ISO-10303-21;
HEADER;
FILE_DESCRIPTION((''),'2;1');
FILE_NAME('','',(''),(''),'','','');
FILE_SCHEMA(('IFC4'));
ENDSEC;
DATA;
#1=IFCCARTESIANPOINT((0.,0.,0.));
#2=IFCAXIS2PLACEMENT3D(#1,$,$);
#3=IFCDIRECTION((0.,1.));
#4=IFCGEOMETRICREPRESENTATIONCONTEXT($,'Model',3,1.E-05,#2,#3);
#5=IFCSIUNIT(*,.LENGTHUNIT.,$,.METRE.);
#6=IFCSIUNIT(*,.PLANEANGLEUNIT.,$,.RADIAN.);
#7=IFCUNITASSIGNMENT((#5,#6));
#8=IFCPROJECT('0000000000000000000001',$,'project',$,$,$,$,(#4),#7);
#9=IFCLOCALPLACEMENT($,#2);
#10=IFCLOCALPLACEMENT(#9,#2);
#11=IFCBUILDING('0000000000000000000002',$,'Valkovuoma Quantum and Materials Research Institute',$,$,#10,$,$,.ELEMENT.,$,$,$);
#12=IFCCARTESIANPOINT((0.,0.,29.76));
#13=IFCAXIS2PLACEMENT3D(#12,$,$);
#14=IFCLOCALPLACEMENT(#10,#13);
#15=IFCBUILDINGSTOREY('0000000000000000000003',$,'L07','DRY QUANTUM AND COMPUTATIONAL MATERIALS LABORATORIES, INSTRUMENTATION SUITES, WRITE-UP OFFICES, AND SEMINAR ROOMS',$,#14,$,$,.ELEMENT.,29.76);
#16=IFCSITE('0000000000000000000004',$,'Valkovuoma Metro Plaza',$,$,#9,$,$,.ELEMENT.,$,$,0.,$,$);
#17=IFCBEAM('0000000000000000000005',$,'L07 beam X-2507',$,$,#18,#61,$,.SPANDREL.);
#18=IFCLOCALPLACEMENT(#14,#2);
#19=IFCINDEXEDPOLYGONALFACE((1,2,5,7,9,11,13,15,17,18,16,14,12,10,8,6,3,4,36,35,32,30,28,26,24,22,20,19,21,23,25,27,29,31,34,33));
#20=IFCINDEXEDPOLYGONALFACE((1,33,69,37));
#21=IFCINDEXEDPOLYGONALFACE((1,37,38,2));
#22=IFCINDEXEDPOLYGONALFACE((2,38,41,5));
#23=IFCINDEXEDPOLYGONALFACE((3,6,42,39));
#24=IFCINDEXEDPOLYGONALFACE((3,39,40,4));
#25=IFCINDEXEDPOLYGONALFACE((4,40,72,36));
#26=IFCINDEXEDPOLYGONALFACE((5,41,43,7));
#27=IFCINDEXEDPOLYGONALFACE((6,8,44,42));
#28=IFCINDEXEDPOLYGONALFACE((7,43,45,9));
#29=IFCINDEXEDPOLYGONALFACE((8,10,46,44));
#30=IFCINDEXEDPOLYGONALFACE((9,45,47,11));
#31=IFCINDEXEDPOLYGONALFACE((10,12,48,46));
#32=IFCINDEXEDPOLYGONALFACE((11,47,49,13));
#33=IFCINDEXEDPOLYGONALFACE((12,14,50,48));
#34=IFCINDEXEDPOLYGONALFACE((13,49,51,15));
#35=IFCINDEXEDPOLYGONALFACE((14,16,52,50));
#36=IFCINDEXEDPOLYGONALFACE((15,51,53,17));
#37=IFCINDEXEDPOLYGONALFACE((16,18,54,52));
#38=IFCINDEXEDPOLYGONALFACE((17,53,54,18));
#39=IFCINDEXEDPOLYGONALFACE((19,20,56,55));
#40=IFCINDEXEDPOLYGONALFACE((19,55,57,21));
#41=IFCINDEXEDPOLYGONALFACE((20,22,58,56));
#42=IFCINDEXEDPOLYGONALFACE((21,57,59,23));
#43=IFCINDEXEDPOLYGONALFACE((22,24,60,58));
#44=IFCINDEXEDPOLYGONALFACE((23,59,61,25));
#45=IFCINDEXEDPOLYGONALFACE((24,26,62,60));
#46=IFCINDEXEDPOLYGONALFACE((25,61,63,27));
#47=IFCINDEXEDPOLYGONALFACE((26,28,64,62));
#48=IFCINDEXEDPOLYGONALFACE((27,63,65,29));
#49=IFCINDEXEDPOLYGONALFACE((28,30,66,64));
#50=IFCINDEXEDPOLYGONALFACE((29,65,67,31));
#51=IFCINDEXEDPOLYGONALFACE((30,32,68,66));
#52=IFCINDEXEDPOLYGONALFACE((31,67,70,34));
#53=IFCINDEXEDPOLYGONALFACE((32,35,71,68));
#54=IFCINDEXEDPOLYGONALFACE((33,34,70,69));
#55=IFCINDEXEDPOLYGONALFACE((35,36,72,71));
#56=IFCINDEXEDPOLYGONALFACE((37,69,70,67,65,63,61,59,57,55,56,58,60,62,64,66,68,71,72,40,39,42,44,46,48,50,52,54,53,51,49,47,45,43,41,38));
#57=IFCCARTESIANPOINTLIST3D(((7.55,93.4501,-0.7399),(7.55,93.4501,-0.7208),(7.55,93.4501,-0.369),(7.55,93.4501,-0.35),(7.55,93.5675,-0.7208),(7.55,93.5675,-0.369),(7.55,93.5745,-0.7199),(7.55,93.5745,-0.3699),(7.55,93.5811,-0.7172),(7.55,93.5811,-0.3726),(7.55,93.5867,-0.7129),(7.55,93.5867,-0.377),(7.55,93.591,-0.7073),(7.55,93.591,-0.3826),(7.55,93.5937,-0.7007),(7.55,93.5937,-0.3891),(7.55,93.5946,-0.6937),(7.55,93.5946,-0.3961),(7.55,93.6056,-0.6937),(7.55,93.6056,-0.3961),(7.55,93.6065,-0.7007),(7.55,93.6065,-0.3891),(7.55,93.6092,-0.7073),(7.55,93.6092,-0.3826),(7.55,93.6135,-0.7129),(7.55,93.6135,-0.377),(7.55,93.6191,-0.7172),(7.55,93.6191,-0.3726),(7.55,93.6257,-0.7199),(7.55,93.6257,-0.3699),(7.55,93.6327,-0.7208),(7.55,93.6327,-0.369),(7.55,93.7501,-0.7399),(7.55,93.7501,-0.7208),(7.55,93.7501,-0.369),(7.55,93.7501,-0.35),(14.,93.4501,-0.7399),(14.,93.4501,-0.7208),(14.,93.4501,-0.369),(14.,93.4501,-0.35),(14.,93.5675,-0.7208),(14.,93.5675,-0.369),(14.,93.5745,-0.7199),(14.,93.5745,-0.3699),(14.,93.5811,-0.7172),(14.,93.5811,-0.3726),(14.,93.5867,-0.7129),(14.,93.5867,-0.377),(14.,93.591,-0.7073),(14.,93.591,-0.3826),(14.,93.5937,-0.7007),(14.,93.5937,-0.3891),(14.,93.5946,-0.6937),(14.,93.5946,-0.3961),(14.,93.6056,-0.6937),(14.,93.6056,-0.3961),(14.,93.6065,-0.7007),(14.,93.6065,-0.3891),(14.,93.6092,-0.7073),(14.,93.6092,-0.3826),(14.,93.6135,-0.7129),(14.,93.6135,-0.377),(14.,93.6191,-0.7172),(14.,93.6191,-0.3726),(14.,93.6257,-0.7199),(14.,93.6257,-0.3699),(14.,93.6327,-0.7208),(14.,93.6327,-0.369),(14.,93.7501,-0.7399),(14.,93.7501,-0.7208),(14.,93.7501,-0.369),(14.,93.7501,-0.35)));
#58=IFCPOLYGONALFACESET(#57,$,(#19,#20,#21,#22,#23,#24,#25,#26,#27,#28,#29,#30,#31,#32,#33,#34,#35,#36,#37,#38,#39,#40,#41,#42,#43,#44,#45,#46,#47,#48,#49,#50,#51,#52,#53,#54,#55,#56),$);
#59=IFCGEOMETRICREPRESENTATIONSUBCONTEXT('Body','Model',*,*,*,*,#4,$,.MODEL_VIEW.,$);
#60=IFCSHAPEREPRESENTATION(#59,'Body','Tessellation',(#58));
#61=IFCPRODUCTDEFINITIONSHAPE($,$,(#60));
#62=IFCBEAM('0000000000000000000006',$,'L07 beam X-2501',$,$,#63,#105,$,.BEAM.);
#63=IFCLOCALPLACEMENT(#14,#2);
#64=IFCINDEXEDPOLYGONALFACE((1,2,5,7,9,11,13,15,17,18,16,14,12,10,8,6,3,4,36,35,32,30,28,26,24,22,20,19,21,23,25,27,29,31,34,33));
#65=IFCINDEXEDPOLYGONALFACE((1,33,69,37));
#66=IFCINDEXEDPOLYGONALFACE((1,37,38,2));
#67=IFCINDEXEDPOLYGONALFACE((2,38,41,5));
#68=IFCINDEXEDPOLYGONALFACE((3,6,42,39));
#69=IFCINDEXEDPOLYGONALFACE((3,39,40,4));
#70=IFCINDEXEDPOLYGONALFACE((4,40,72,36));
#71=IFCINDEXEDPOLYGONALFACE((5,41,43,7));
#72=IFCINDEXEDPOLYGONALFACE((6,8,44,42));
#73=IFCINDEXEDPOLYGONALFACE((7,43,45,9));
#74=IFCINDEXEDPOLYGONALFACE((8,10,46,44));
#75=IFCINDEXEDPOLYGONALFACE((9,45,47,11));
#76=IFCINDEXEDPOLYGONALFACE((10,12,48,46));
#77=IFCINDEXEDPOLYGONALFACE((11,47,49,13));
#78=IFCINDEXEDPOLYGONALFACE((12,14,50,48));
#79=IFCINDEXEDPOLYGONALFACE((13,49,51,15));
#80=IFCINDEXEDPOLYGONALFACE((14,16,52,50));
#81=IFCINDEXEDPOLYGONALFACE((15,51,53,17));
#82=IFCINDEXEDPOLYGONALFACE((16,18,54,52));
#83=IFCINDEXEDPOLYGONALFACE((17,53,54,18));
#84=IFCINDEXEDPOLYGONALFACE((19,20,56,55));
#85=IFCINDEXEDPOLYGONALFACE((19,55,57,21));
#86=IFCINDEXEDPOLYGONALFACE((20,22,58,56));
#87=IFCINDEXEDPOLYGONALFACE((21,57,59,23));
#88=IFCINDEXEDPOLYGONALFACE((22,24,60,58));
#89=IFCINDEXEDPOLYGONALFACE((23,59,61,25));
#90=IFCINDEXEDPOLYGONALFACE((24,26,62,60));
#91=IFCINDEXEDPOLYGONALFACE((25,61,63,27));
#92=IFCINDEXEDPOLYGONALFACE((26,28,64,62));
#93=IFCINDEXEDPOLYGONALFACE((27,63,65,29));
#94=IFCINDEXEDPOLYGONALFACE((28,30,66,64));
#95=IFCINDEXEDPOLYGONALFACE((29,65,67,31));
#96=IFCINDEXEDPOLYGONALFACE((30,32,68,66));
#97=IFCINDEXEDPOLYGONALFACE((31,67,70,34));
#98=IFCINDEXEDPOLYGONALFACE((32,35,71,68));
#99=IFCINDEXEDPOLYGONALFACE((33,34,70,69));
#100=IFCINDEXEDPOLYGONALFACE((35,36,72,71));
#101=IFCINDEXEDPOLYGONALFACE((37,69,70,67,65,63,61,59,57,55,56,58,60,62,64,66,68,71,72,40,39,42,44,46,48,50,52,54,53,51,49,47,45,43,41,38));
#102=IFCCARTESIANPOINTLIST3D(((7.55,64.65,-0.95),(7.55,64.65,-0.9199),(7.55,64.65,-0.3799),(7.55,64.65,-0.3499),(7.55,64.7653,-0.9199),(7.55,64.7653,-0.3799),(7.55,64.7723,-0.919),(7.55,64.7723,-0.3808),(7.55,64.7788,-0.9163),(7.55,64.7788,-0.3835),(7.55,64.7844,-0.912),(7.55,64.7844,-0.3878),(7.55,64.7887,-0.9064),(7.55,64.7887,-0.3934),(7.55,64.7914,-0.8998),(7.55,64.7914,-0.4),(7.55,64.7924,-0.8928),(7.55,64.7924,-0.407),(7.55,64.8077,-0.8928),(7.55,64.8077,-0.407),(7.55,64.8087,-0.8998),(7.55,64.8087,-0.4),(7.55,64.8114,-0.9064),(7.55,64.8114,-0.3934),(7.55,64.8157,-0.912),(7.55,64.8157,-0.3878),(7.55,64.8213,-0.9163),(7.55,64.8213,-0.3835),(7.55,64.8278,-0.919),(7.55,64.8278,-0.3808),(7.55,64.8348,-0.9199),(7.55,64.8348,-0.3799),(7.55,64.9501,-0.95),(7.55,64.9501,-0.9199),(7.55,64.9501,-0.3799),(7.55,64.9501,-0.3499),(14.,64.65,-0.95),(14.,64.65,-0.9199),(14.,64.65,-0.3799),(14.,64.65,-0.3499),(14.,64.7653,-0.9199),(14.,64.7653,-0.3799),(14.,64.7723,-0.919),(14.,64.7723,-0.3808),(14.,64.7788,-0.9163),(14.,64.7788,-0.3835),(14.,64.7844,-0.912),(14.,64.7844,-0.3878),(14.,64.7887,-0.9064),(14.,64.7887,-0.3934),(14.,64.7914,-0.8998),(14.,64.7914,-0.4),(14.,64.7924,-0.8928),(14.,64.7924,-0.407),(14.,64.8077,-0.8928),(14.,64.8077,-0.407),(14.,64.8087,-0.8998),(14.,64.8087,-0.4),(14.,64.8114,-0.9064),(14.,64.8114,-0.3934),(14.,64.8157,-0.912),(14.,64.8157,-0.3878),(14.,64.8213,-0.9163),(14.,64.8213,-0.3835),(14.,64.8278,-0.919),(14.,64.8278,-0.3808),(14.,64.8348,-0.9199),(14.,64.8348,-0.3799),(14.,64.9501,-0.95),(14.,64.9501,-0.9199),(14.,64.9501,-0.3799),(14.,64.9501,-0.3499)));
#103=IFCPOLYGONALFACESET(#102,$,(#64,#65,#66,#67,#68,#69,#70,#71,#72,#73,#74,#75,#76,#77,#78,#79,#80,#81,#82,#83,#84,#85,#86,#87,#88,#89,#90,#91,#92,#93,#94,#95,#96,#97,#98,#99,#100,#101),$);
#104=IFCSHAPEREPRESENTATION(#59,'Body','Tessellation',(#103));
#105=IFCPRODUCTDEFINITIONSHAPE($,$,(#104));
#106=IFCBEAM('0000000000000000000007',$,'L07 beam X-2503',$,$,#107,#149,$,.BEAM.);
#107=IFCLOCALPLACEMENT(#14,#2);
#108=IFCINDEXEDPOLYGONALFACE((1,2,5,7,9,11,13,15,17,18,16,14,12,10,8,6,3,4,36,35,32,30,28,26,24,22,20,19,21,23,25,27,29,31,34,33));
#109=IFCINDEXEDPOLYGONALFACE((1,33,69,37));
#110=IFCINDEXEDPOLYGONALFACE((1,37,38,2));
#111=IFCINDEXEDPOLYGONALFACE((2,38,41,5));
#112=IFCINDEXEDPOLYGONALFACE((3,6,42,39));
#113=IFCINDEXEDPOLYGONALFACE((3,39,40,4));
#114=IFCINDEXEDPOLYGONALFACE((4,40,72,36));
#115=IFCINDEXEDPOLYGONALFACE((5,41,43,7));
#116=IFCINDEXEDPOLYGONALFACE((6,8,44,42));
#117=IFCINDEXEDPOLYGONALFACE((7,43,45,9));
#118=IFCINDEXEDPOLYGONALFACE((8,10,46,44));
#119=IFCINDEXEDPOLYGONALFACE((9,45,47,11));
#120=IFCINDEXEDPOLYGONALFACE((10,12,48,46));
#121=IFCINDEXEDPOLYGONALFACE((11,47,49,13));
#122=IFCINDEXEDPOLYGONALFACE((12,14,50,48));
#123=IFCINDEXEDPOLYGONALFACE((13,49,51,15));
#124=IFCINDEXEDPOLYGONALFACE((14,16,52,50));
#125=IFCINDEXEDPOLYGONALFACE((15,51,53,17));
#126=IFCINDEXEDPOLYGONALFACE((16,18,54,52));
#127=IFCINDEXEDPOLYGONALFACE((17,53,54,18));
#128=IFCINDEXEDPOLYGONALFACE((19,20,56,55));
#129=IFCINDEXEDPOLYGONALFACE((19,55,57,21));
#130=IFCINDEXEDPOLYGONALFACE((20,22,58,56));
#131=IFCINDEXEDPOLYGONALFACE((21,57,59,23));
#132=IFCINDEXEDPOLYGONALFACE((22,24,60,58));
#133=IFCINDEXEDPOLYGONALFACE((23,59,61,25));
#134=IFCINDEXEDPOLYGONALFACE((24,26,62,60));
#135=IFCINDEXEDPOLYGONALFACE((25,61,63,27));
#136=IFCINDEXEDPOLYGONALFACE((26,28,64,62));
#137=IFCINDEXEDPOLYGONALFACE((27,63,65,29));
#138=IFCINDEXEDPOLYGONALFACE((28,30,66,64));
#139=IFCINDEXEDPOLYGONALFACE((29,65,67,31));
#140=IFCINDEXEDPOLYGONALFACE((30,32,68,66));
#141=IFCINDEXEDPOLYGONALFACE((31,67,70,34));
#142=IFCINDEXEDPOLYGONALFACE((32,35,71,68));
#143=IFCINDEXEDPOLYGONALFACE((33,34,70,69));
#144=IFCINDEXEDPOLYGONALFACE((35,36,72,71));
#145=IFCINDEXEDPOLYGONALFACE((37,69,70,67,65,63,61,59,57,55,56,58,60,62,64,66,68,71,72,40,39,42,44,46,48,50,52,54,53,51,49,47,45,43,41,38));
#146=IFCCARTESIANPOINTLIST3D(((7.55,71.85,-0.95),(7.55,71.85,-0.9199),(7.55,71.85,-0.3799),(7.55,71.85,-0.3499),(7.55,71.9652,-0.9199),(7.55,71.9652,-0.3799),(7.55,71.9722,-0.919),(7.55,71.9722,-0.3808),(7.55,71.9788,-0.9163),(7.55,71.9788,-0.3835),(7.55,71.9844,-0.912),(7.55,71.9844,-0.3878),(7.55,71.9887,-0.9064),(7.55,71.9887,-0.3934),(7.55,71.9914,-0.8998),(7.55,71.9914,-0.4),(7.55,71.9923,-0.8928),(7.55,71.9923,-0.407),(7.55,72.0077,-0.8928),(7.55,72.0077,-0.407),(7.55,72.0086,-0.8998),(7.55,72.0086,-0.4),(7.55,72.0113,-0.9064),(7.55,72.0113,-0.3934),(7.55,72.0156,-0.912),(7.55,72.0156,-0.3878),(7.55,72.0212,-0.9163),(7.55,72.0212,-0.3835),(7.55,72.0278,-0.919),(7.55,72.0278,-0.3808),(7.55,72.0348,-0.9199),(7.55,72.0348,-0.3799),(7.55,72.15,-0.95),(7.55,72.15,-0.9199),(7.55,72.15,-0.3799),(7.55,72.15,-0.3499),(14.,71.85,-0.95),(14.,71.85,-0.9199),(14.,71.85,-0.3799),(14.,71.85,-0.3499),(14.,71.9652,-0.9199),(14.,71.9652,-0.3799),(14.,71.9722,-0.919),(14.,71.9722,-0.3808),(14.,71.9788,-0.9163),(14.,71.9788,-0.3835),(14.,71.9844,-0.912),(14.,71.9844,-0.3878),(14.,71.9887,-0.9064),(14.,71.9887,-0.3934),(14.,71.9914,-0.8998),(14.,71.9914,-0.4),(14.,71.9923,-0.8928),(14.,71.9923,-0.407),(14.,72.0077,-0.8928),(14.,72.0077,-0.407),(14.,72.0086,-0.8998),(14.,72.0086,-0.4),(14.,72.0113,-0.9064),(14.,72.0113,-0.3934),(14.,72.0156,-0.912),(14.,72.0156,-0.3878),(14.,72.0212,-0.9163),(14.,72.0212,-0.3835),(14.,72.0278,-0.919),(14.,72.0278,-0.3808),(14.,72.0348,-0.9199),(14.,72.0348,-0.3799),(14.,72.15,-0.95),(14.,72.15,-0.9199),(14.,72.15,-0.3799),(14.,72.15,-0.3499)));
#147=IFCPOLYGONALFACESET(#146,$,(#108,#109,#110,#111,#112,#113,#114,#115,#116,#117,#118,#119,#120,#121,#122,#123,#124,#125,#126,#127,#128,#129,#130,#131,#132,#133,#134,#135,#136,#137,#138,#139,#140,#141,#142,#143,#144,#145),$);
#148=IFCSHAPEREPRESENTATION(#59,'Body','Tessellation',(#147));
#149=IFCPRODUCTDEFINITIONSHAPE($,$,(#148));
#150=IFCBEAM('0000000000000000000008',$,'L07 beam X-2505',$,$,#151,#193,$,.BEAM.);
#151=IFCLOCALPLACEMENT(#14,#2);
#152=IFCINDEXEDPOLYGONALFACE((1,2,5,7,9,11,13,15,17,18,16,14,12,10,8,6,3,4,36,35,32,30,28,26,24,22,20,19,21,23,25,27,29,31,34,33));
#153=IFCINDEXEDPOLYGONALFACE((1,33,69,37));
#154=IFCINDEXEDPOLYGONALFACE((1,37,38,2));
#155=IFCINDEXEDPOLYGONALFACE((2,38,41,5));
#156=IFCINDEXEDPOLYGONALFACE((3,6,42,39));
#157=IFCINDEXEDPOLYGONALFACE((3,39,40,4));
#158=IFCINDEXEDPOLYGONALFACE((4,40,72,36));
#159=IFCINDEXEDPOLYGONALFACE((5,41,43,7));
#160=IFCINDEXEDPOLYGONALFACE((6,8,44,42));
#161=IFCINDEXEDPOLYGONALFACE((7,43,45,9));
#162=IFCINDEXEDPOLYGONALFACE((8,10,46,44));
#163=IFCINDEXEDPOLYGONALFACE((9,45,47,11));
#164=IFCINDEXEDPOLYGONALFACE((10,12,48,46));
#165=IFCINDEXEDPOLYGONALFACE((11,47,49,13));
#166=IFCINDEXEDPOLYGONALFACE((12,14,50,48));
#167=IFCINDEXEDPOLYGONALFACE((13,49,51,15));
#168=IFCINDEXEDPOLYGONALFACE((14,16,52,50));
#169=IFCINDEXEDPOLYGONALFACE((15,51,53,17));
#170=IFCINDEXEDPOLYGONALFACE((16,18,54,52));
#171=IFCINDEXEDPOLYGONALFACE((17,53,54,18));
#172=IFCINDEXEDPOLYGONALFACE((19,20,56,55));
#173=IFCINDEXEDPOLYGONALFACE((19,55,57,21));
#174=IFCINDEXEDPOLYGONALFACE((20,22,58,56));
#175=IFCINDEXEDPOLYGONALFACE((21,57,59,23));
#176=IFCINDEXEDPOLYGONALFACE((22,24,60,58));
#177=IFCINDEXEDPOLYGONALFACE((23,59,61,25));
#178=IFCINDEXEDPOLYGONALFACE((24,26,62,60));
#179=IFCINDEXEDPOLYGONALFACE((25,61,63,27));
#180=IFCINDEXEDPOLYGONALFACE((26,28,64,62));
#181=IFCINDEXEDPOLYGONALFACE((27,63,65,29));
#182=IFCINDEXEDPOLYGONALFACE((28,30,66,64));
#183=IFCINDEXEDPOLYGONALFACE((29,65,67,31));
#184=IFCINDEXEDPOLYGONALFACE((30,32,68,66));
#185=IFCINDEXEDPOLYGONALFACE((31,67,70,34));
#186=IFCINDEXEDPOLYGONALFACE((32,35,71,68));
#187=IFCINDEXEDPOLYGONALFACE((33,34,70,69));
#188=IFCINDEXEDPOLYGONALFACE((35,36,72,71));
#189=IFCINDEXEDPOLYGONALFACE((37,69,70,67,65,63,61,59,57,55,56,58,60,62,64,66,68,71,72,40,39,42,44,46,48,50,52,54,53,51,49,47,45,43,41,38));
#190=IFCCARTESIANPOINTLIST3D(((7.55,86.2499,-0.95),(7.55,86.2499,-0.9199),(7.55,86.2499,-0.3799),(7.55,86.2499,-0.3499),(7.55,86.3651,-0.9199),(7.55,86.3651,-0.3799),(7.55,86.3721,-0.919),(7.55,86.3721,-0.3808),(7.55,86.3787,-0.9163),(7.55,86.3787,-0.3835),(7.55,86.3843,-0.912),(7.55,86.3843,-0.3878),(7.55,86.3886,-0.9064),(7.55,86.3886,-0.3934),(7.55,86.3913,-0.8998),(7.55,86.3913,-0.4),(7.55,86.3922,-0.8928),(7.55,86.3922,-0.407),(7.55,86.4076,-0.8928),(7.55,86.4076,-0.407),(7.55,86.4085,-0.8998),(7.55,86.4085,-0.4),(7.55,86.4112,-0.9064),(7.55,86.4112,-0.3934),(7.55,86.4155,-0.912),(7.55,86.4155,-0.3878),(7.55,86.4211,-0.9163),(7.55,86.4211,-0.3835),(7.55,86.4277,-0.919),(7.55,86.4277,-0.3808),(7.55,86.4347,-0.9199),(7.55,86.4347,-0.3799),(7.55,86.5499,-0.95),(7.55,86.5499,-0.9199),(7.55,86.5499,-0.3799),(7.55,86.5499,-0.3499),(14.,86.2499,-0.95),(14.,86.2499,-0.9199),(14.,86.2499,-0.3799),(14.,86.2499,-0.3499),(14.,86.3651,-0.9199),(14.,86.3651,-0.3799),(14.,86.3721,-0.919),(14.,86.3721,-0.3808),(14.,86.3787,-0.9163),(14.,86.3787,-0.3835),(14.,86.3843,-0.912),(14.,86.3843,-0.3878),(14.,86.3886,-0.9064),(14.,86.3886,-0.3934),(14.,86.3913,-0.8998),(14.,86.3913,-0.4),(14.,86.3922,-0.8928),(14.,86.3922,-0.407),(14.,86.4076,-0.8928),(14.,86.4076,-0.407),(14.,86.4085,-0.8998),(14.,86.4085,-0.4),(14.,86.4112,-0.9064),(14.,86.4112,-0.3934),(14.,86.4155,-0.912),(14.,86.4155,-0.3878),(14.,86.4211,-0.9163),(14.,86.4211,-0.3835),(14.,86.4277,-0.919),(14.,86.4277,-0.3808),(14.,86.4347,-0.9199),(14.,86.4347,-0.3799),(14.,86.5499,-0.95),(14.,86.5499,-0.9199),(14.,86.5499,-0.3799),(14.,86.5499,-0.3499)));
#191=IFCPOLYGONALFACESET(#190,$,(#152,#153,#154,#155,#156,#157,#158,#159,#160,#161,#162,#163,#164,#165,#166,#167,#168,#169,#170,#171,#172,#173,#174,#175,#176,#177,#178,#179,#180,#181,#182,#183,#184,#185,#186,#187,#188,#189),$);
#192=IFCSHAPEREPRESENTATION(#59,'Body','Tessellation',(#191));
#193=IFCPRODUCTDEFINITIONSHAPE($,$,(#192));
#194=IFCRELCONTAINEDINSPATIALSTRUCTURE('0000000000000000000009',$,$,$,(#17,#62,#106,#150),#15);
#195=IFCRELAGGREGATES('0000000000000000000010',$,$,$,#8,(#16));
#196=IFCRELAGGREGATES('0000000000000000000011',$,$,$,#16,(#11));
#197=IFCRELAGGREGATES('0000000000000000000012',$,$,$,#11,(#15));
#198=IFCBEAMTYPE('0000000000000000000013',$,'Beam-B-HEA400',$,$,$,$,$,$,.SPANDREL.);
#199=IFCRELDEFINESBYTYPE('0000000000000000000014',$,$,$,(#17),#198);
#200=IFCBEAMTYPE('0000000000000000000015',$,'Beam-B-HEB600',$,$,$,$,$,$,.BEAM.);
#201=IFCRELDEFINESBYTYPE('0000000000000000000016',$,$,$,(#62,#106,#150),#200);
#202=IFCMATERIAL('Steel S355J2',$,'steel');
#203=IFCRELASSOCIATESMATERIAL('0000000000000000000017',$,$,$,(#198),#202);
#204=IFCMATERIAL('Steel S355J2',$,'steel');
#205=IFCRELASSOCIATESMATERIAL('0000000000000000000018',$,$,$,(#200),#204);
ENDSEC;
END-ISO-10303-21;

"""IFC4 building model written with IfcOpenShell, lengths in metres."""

from ifc_helpers import new_model, si_unit, direction, frame, origin, origin_2d, place, context, subcontext, project, spatial, i_section, extrude, material, material_profile, profile_set, type_object, element, save


model = new_model("IFC4")

# Units and contexts
model_context = context("Model", 3, precision=1e-05, world=origin(), true_north=direction((0.0, 1.0)))
body_context = subcontext(model_context, "Body", "Model", "MODEL_VIEW")
ifc_project = project(units=[si_unit("LENGTHUNIT", "METRE"), si_unit("PLANEANGLEUNIT", "RADIAN")], contexts=[model_context])

# Site, building, storey
site_placement = place(None, origin())
site = spatial("IfcSite", under=ifc_project, at=site_placement, Name="Valkovuoma Metro Plaza", CompositionType="ELEMENT", RefElevation=0.0)
building_placement = place(site_placement, origin())
building = spatial("IfcBuilding", under=site, at=building_placement, Name="Valkovuoma Quantum and Materials Research Institute", CompositionType="ELEMENT")
storey_placement = place(building_placement, frame((0.0, 0.0, 29.76)))
storey = spatial("IfcBuildingStorey", under=building, at=storey_placement, Name="L07", Description="DRY QUANTUM AND COMPUTATIONAL MATERIALS LABORATORIES, INSTRUMENTATION SUITES, WRITE-UP OFFICES, AND SEMINAR ROOMS", CompositionType="ELEMENT", Elevation=29.76)

# Beams
ifc_material_1 = material(Name="Steel S355J2", Category="steel")
ifc_material_profile_1 = material_profile(ifc_material_1, i_section(OverallWidth=0.3, OverallDepth=0.3899, WebThickness=0.011, FlangeThickness=0.019, FilletRadius=0.0271, at=origin_2d()), Name="Steel S355J2")
ifc_profile_set_1 = profile_set([ifc_material_profile_1], Name="Steel S355J2")
beam_type_1 = type_object("IfcBeamType", Name="Beam-B-HEA400", PredefinedType="SPANDREL", material=ifc_profile_set_1)
beam_placement = place(storey_placement, frame((7.55, 93.6001, -0.5449), z_axis=(1.0, 0.0, 0.0), x_axis=(0.0, 1.0, 0.0)))
element("IfcBeam", 1, at=beam_placement, inside=storey, type_object=beam_type_1, Name="L07 beam X-2507", PredefinedType="SPANDREL", context=body_context, shape_type="SweptSolid", body=[
    extrude(i_section(OverallWidth=0.3, OverallDepth=0.3899, WebThickness=0.011, FlangeThickness=0.019, FilletRadius=0.0271, at=origin_2d()), origin(), (0.0, 0.0, 1.0), 6.45),
])
ifc_material_2 = material(Name="Steel S355J2", Category="steel")
ifc_material_profile_2 = material_profile(ifc_material_2, i_section(OverallWidth=0.3, OverallDepth=0.6001, WebThickness=0.0154, FlangeThickness=0.03, FilletRadius=0.0271, at=origin_2d()), Name="Steel S355J2")
ifc_profile_set_2 = profile_set([ifc_material_profile_2], Name="Steel S355J2")
beam_type_2 = type_object("IfcBeamType", Name="Beam-B-HEB600", PredefinedType="BEAM", material=ifc_profile_set_2)
for number, where, z_axis, x_axis, name in (
    (2, (7.55, 64.8, -0.6499), (1.0, 0.0, 0.0), (0.0, 1.0, 0.0), "L07 beam X-2501"),
    (3, (7.55, 72.0, -0.6499), (1.0, 0.0, 0.0), (0.0, 1.0, 0.0), "L07 beam X-2503"),
    (4, (7.55, 86.3999, -0.6499), (1.0, 0.0, 0.0), (0.0, 1.0, 0.0), "L07 beam X-2505"),
):
    element("IfcBeam", number, at=place(storey_placement, frame(where, z_axis=z_axis, x_axis=x_axis)), inside=storey, type_object=beam_type_2, Name=name, PredefinedType="BEAM", context=body_context, shape_type="SweptSolid", body=[
        extrude(i_section(OverallWidth=0.3, OverallDepth=0.6001, WebThickness=0.0154, FlangeThickness=0.03, FilletRadius=0.0271, at=origin_2d()), origin(), (0.0, 0.0, 1.0), 6.45),
    ])

save(model, "model.ifc")
